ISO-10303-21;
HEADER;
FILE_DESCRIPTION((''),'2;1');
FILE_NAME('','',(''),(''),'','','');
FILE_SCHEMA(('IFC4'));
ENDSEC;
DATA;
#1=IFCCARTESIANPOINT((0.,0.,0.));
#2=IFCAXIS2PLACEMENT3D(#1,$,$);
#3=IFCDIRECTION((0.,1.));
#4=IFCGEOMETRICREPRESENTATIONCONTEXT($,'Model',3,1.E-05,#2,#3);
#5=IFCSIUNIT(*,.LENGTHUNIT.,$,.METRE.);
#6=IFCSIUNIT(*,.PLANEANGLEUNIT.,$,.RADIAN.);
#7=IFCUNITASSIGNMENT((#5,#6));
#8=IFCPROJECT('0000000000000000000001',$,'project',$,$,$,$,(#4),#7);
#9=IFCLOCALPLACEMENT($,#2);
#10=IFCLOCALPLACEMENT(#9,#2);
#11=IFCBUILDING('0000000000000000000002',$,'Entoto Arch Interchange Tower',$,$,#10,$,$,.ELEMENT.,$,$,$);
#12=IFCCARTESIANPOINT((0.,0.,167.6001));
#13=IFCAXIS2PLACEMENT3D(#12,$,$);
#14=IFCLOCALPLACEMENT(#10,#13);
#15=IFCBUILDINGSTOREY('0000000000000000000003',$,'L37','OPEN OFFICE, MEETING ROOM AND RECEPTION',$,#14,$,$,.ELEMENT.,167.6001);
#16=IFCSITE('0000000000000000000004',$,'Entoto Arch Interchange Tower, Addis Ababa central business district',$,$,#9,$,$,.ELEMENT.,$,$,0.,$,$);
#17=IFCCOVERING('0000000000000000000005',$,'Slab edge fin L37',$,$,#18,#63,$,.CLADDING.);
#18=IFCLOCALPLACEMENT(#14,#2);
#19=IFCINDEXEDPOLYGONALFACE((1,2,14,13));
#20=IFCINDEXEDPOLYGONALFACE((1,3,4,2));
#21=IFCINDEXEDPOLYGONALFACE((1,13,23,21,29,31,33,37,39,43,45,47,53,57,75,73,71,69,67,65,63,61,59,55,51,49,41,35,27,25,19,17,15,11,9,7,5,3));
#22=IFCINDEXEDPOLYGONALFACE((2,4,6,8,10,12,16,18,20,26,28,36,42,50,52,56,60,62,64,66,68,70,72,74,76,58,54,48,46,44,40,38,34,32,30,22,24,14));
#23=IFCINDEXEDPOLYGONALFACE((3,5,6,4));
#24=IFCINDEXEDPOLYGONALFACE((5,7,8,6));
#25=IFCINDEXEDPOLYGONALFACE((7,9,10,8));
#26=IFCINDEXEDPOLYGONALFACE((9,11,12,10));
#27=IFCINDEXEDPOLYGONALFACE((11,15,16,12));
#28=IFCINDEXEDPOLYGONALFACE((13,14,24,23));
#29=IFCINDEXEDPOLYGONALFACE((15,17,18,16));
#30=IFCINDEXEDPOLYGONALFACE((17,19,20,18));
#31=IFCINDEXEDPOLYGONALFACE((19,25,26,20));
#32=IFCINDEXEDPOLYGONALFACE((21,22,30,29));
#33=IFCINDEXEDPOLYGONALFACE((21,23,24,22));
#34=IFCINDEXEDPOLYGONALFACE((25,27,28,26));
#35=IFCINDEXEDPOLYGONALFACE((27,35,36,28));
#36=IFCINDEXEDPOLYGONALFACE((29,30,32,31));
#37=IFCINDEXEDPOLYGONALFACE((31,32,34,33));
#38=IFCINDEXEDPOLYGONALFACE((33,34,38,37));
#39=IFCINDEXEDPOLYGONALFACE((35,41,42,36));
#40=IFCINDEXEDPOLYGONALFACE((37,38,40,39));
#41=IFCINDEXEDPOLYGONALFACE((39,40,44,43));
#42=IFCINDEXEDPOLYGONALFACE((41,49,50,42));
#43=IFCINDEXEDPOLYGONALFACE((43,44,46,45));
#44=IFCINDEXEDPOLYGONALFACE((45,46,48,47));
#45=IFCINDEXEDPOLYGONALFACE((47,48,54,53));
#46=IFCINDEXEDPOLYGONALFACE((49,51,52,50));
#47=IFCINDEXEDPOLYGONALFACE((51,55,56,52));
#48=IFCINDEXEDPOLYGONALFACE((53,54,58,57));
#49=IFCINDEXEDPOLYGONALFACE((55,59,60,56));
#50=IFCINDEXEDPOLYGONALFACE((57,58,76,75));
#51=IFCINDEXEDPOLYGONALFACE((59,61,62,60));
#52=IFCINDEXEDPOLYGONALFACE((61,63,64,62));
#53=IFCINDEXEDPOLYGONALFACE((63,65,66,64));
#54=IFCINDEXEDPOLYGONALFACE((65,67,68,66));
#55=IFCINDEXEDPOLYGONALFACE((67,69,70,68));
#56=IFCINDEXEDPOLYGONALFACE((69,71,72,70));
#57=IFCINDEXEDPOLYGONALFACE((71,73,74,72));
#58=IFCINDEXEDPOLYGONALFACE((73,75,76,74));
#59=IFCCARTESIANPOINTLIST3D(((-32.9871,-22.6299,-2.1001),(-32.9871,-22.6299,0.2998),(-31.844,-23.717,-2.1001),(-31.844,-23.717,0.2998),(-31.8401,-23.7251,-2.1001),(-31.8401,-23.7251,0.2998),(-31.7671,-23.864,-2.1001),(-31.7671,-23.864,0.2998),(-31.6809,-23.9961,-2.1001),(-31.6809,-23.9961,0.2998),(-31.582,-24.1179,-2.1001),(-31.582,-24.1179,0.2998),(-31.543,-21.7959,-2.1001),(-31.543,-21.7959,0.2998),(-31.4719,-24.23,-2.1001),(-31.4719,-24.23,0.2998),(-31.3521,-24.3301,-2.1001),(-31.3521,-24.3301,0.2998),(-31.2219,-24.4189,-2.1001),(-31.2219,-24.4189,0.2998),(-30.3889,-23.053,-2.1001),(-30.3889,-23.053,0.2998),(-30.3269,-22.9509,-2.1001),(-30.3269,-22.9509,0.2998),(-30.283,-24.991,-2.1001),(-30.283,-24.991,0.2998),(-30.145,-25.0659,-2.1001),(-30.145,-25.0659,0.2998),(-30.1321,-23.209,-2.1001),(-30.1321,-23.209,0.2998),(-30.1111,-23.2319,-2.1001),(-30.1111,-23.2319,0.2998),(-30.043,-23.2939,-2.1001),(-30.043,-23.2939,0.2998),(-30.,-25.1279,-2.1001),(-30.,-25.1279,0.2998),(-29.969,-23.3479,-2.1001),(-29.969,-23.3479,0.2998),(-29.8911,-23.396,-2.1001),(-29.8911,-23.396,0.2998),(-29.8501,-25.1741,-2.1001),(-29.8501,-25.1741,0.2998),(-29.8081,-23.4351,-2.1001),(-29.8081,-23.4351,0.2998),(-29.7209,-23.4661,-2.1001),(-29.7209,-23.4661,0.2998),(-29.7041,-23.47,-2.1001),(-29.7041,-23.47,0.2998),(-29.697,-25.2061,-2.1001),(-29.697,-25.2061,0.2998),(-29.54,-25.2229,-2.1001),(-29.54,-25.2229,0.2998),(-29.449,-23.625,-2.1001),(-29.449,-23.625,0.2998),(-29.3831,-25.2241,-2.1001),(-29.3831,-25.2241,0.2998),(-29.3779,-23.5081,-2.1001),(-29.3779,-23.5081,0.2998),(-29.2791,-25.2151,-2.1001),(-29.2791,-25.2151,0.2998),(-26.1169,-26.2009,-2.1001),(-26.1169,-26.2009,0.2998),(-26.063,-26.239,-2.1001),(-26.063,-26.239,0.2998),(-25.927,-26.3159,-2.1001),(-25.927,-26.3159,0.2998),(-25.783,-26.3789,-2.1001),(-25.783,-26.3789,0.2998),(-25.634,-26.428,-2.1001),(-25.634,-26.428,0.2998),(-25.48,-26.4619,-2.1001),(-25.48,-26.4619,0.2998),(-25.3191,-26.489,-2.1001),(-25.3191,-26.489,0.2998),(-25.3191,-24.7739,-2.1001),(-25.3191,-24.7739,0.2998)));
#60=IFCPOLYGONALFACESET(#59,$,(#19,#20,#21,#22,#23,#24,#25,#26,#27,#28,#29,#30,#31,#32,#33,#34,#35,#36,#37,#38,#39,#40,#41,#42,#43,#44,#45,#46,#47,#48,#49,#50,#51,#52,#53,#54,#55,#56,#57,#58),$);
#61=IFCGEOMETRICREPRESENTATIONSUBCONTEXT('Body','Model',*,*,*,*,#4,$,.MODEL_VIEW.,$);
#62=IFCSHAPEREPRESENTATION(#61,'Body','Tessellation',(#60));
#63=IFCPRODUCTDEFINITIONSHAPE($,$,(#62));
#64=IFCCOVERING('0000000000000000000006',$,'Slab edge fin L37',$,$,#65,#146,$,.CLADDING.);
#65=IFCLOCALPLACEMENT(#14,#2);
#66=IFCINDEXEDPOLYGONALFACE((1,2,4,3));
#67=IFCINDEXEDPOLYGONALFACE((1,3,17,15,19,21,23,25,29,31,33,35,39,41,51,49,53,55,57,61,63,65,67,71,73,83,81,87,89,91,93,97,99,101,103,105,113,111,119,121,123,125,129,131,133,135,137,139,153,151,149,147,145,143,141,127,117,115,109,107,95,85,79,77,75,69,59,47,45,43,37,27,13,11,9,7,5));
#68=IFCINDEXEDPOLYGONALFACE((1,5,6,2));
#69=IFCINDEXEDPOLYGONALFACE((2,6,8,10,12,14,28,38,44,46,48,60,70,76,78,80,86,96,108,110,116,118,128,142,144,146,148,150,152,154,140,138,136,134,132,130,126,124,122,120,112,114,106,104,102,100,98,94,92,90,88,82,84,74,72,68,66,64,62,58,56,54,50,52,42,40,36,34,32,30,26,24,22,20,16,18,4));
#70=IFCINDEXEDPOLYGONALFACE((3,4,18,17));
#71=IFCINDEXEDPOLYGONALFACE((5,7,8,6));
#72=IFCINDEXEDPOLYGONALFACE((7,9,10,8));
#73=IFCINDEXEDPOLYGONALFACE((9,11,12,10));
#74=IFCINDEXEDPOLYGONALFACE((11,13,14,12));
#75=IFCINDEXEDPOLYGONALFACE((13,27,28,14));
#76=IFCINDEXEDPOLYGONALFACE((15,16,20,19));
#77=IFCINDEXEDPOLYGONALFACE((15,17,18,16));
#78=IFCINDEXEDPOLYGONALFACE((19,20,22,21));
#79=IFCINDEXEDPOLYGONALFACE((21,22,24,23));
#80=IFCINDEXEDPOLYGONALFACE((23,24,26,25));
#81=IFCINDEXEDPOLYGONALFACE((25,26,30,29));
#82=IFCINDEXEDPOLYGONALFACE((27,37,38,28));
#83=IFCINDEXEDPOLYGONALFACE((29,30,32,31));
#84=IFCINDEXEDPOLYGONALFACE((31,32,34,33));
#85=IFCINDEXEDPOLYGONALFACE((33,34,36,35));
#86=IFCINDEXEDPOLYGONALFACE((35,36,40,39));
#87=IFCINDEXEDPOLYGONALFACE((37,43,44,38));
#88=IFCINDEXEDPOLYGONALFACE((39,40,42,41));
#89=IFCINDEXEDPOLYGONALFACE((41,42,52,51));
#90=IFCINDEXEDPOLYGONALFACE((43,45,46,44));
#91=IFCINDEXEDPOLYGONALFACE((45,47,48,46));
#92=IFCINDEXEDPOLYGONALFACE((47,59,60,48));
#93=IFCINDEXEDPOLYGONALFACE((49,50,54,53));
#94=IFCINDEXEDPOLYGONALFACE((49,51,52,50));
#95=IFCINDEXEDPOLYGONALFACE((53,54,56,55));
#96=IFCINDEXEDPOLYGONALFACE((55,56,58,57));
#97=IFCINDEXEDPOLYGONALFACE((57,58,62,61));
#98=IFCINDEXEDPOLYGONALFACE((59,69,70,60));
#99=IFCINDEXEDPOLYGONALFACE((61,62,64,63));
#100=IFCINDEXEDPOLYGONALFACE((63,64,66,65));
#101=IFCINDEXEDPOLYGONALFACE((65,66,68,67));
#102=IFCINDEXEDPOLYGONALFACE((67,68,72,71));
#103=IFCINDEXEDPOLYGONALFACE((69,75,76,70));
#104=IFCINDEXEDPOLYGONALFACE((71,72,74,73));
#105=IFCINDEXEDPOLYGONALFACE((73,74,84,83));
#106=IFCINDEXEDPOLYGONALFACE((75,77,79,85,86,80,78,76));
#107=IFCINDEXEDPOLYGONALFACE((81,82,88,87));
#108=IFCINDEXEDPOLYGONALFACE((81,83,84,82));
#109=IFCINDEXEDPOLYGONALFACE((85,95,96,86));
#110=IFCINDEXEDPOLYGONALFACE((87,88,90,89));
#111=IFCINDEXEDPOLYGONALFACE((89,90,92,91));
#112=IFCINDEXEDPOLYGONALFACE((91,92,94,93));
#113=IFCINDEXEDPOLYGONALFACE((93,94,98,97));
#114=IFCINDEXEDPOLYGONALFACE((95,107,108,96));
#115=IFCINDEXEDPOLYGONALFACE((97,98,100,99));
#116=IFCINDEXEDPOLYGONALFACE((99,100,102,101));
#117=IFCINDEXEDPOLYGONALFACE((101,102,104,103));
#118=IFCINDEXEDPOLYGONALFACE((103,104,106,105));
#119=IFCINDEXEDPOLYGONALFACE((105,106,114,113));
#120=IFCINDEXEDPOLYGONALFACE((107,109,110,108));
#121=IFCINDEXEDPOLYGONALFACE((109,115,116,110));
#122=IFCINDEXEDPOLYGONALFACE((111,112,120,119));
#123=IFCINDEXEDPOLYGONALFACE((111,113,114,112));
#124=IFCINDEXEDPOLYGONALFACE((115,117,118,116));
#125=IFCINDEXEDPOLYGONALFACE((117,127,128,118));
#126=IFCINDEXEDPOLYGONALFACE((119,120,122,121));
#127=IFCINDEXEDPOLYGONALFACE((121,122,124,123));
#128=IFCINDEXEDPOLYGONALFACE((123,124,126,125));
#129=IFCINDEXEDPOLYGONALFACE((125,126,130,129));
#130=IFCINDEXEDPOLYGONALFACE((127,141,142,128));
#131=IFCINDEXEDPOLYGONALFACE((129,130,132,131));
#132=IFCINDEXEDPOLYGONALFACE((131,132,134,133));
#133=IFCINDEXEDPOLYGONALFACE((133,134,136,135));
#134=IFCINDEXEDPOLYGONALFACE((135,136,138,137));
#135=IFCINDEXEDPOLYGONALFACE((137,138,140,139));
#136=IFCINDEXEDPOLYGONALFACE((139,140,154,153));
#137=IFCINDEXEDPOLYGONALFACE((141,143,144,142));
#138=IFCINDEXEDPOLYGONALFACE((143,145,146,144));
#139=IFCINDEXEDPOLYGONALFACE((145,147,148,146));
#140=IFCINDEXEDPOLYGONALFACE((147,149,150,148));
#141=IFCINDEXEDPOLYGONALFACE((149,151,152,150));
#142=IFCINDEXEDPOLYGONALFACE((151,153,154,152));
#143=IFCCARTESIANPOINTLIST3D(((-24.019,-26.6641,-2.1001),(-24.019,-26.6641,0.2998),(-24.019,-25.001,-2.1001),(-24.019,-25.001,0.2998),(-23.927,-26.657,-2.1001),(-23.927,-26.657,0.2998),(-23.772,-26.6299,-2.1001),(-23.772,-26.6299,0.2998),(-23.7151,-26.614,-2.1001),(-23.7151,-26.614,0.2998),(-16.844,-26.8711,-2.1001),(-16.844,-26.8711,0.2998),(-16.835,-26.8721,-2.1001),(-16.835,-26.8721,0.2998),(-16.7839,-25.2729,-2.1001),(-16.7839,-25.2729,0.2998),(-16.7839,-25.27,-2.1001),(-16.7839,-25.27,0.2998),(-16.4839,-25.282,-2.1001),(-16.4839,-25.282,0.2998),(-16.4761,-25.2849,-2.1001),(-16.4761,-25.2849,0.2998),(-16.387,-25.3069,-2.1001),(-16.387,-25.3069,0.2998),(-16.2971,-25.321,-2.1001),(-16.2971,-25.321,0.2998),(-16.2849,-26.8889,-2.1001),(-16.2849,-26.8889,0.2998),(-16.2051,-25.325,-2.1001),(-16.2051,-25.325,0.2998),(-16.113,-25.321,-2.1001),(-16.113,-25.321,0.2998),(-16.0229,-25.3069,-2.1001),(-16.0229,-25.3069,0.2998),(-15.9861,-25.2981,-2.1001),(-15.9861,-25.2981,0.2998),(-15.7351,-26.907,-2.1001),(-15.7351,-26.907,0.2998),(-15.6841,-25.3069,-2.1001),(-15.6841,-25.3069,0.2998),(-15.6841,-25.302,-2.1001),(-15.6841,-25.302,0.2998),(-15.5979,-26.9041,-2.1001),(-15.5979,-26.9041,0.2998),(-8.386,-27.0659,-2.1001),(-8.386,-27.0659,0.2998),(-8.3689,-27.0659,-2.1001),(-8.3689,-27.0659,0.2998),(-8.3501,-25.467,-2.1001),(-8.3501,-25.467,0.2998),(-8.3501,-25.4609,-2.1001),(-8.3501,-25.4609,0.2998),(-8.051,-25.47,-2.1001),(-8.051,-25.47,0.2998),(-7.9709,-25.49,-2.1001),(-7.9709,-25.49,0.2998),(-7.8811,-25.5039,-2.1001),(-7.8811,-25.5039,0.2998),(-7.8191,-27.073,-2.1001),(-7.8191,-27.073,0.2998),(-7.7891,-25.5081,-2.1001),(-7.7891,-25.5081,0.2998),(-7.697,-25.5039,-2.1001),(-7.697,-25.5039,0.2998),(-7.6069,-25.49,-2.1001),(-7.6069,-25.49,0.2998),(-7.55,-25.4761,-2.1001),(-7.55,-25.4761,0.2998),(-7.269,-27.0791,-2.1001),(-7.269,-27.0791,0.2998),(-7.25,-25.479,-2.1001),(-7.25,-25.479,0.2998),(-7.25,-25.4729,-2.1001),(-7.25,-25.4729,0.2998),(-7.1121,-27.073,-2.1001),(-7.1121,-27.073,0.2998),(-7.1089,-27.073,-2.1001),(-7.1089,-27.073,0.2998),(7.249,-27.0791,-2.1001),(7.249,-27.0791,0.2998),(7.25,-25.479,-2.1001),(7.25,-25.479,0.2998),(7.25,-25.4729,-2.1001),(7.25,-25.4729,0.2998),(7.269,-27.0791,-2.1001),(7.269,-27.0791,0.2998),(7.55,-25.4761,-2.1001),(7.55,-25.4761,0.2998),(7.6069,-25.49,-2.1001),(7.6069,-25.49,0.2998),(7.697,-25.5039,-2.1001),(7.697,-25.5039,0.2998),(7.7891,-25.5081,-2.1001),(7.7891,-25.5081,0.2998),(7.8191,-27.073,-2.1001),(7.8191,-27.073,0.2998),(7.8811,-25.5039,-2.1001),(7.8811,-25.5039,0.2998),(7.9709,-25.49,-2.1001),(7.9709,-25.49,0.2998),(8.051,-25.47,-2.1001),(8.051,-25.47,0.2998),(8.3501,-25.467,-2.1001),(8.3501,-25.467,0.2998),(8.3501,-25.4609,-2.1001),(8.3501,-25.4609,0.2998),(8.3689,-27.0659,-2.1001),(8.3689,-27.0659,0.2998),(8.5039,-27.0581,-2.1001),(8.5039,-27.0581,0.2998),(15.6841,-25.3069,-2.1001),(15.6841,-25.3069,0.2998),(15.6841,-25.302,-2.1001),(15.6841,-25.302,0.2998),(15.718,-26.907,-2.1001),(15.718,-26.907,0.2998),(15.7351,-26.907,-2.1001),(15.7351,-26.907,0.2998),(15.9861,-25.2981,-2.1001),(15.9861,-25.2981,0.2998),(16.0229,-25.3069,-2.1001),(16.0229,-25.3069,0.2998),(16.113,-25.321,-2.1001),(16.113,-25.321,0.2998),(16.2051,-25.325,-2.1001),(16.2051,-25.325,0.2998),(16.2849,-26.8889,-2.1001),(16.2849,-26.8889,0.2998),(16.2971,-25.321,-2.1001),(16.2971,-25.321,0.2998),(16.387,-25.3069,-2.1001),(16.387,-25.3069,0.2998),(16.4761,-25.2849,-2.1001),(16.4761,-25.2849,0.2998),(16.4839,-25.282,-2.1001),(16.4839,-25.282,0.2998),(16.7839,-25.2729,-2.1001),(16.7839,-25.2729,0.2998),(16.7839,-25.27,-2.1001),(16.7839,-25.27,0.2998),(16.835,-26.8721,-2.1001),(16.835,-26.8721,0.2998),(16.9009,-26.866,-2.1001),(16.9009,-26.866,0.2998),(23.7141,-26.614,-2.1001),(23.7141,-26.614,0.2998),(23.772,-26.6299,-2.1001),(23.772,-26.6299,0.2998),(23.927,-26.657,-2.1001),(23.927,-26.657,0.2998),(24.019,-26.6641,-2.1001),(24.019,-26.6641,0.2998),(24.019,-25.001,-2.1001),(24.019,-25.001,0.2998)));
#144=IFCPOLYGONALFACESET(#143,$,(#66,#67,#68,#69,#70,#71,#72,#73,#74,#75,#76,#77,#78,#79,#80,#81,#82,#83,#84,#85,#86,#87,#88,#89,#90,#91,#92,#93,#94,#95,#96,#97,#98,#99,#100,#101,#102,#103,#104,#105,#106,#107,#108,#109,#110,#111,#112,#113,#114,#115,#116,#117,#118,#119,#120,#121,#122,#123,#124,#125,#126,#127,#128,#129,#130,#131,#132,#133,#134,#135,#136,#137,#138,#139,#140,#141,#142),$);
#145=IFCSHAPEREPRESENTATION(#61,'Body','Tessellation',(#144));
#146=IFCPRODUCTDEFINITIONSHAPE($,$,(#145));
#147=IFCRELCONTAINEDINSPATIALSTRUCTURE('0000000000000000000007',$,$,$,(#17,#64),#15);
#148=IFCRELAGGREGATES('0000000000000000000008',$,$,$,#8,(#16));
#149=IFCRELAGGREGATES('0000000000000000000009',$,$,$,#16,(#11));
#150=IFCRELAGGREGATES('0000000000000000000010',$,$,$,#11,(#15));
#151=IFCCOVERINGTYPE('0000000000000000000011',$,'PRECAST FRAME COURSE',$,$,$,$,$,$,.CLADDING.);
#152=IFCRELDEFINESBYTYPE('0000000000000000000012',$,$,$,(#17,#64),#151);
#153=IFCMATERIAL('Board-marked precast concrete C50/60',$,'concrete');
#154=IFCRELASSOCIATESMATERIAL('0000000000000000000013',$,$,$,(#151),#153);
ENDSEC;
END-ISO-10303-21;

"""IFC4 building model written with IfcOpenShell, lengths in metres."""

from ifc_helpers import new_model, si_unit, direction, frame, origin, place, context, subcontext, project, spatial, polyline, outline, extrude, material, type_object, element, save


model = new_model("IFC4")

# Units and contexts
model_context = context("Model", 3, precision=1e-05, world=origin(), true_north=direction((0.0, 1.0)))
body_context = subcontext(model_context, "Body", "Model", "MODEL_VIEW")
ifc_project = project(units=[si_unit("LENGTHUNIT", "METRE"), si_unit("PLANEANGLEUNIT", "RADIAN")], contexts=[model_context])

# Site, building, storey
site_placement = place(None, origin())
site = spatial("IfcSite", under=ifc_project, at=site_placement, Name="Entoto Arch Interchange Tower, Addis Ababa central business district", CompositionType="ELEMENT", RefElevation=0.0)
building_placement = place(site_placement, origin())
building = spatial("IfcBuilding", under=site, at=building_placement, Name="Entoto Arch Interchange Tower", CompositionType="ELEMENT")
storey_placement = place(building_placement, frame((0.0, 0.0, 167.6001)))
storey = spatial("IfcBuildingStorey", under=building, at=storey_placement, Name="L37", Description="OPEN OFFICE, MEETING ROOM AND RECEPTION", CompositionType="ELEMENT", Elevation=167.6001)

# Coverings
ifc_material_1 = material(Name="Board-marked precast concrete C50/60", Category="concrete")
covering_type = type_object("IfcCoveringType", Name="PRECAST FRAME COURSE", PredefinedType="CLADDING", material=ifc_material_1)
covering_1_placement = place(storey_placement, frame((0.0, 0.0, -2.1001)))
element("IfcCovering", 1, at=covering_1_placement, inside=storey, type_object=covering_type, Name="Slab edge fin L37", PredefinedType="CLADDING", context=body_context, shape_type="SweptSolid", body=[
    extrude(outline(polyline([(-25.48, -26.4619), (-25.634, -26.428), (-25.783, -26.3789), (-25.927, -26.3159), (-26.063, -26.239), (-26.1169, -26.2009), (-29.2791, -25.2151), (-29.3831, -25.2241), (-29.54, -25.2229), (-29.697, -25.2061), (-29.8501, -25.1741), (-30.0, -25.1279), (-30.145, -25.0659), (-30.283, -24.991), (-31.2219, -24.4189), (-31.3521, -24.3301), (-31.4719, -24.23), (-31.582, -24.1179), (-31.6809, -23.9961), (-31.7671, -23.864), (-31.8401, -23.7251), (-31.844, -23.717), (-32.9871, -22.6299), (-31.543, -21.7959), (-30.3269, -22.9509), (-30.3889, -23.053), (-30.1321, -23.209), (-30.1111, -23.2319), (-30.043, -23.2939), (-29.969, -23.3479), (-29.8911, -23.396), (-29.8081, -23.4351), (-29.7209, -23.4661), (-29.7041, -23.47), (-29.449, -23.625), (-29.3779, -23.5081), (-25.3191, -24.7739), (-25.3191, -26.489), (-25.48, -26.4619)])), origin(), (0.0, 0.0, 1.0), 2.3999),
])
covering_2_placement = place(storey_placement, frame((0.0, 0.0, -2.1001)))
element("IfcCovering", 2, at=covering_2_placement, inside=storey, type_object=covering_type, Name="Slab edge fin L37", PredefinedType="CLADDING", context=body_context, shape_type="SweptSolid", body=[
    extrude(outline(polyline([(23.927, -26.657), (23.772, -26.6299), (23.7141, -26.614), (16.9009, -26.866), (16.835, -26.8721), (16.2849, -26.8889), (15.7351, -26.907), (15.718, -26.907), (8.5039, -27.0581), (8.3689, -27.0659), (7.8191, -27.073), (7.269, -27.0791), (7.249, -27.0791), (-7.1089, -27.073), (-7.1121, -27.073), (-7.269, -27.0791), (-7.8191, -27.073), (-8.3689, -27.0659), (-8.386, -27.0659), (-15.5979, -26.9041), (-15.7351, -26.907), (-16.2849, -26.8889), (-16.835, -26.8721), (-16.844, -26.8711), (-23.7151, -26.614), (-23.772, -26.6299), (-23.927, -26.657), (-24.019, -26.6641), (-24.019, -25.001), (-16.7839, -25.27), (-16.7839, -25.2729), (-16.4839, -25.282), (-16.4761, -25.2849), (-16.387, -25.3069), (-16.2971, -25.321), (-16.2051, -25.325), (-16.113, -25.321), (-16.0229, -25.3069), (-15.9861, -25.2981), (-15.6841, -25.3069), (-15.6841, -25.302), (-8.3501, -25.4609), (-8.3501, -25.467), (-8.051, -25.47), (-7.9709, -25.49), (-7.8811, -25.5039), (-7.7891, -25.5081), (-7.697, -25.5039), (-7.6069, -25.49), (-7.55, -25.4761), (-7.25, -25.479), (-7.25, -25.4729), (7.25, -25.4729), (7.25, -25.479), (7.55, -25.4761), (7.6069, -25.49), (7.697, -25.5039), (7.7891, -25.5081), (7.8811, -25.5039), (7.9709, -25.49), (8.051, -25.47), (8.3501, -25.467), (8.3501, -25.4609), (15.6841, -25.302), (15.6841, -25.3069), (15.9861, -25.2981), (16.0229, -25.3069), (16.113, -25.321), (16.2051, -25.325), (16.2971, -25.321), (16.387, -25.3069), (16.4761, -25.2849), (16.4839, -25.282), (16.7839, -25.2729), (16.7839, -25.27), (24.019, -25.001), (24.019, -26.6641), (23.927, -26.657)])), origin(), (0.0, 0.0, 1.0), 2.3999),
])

save(model, "model.ifc")
